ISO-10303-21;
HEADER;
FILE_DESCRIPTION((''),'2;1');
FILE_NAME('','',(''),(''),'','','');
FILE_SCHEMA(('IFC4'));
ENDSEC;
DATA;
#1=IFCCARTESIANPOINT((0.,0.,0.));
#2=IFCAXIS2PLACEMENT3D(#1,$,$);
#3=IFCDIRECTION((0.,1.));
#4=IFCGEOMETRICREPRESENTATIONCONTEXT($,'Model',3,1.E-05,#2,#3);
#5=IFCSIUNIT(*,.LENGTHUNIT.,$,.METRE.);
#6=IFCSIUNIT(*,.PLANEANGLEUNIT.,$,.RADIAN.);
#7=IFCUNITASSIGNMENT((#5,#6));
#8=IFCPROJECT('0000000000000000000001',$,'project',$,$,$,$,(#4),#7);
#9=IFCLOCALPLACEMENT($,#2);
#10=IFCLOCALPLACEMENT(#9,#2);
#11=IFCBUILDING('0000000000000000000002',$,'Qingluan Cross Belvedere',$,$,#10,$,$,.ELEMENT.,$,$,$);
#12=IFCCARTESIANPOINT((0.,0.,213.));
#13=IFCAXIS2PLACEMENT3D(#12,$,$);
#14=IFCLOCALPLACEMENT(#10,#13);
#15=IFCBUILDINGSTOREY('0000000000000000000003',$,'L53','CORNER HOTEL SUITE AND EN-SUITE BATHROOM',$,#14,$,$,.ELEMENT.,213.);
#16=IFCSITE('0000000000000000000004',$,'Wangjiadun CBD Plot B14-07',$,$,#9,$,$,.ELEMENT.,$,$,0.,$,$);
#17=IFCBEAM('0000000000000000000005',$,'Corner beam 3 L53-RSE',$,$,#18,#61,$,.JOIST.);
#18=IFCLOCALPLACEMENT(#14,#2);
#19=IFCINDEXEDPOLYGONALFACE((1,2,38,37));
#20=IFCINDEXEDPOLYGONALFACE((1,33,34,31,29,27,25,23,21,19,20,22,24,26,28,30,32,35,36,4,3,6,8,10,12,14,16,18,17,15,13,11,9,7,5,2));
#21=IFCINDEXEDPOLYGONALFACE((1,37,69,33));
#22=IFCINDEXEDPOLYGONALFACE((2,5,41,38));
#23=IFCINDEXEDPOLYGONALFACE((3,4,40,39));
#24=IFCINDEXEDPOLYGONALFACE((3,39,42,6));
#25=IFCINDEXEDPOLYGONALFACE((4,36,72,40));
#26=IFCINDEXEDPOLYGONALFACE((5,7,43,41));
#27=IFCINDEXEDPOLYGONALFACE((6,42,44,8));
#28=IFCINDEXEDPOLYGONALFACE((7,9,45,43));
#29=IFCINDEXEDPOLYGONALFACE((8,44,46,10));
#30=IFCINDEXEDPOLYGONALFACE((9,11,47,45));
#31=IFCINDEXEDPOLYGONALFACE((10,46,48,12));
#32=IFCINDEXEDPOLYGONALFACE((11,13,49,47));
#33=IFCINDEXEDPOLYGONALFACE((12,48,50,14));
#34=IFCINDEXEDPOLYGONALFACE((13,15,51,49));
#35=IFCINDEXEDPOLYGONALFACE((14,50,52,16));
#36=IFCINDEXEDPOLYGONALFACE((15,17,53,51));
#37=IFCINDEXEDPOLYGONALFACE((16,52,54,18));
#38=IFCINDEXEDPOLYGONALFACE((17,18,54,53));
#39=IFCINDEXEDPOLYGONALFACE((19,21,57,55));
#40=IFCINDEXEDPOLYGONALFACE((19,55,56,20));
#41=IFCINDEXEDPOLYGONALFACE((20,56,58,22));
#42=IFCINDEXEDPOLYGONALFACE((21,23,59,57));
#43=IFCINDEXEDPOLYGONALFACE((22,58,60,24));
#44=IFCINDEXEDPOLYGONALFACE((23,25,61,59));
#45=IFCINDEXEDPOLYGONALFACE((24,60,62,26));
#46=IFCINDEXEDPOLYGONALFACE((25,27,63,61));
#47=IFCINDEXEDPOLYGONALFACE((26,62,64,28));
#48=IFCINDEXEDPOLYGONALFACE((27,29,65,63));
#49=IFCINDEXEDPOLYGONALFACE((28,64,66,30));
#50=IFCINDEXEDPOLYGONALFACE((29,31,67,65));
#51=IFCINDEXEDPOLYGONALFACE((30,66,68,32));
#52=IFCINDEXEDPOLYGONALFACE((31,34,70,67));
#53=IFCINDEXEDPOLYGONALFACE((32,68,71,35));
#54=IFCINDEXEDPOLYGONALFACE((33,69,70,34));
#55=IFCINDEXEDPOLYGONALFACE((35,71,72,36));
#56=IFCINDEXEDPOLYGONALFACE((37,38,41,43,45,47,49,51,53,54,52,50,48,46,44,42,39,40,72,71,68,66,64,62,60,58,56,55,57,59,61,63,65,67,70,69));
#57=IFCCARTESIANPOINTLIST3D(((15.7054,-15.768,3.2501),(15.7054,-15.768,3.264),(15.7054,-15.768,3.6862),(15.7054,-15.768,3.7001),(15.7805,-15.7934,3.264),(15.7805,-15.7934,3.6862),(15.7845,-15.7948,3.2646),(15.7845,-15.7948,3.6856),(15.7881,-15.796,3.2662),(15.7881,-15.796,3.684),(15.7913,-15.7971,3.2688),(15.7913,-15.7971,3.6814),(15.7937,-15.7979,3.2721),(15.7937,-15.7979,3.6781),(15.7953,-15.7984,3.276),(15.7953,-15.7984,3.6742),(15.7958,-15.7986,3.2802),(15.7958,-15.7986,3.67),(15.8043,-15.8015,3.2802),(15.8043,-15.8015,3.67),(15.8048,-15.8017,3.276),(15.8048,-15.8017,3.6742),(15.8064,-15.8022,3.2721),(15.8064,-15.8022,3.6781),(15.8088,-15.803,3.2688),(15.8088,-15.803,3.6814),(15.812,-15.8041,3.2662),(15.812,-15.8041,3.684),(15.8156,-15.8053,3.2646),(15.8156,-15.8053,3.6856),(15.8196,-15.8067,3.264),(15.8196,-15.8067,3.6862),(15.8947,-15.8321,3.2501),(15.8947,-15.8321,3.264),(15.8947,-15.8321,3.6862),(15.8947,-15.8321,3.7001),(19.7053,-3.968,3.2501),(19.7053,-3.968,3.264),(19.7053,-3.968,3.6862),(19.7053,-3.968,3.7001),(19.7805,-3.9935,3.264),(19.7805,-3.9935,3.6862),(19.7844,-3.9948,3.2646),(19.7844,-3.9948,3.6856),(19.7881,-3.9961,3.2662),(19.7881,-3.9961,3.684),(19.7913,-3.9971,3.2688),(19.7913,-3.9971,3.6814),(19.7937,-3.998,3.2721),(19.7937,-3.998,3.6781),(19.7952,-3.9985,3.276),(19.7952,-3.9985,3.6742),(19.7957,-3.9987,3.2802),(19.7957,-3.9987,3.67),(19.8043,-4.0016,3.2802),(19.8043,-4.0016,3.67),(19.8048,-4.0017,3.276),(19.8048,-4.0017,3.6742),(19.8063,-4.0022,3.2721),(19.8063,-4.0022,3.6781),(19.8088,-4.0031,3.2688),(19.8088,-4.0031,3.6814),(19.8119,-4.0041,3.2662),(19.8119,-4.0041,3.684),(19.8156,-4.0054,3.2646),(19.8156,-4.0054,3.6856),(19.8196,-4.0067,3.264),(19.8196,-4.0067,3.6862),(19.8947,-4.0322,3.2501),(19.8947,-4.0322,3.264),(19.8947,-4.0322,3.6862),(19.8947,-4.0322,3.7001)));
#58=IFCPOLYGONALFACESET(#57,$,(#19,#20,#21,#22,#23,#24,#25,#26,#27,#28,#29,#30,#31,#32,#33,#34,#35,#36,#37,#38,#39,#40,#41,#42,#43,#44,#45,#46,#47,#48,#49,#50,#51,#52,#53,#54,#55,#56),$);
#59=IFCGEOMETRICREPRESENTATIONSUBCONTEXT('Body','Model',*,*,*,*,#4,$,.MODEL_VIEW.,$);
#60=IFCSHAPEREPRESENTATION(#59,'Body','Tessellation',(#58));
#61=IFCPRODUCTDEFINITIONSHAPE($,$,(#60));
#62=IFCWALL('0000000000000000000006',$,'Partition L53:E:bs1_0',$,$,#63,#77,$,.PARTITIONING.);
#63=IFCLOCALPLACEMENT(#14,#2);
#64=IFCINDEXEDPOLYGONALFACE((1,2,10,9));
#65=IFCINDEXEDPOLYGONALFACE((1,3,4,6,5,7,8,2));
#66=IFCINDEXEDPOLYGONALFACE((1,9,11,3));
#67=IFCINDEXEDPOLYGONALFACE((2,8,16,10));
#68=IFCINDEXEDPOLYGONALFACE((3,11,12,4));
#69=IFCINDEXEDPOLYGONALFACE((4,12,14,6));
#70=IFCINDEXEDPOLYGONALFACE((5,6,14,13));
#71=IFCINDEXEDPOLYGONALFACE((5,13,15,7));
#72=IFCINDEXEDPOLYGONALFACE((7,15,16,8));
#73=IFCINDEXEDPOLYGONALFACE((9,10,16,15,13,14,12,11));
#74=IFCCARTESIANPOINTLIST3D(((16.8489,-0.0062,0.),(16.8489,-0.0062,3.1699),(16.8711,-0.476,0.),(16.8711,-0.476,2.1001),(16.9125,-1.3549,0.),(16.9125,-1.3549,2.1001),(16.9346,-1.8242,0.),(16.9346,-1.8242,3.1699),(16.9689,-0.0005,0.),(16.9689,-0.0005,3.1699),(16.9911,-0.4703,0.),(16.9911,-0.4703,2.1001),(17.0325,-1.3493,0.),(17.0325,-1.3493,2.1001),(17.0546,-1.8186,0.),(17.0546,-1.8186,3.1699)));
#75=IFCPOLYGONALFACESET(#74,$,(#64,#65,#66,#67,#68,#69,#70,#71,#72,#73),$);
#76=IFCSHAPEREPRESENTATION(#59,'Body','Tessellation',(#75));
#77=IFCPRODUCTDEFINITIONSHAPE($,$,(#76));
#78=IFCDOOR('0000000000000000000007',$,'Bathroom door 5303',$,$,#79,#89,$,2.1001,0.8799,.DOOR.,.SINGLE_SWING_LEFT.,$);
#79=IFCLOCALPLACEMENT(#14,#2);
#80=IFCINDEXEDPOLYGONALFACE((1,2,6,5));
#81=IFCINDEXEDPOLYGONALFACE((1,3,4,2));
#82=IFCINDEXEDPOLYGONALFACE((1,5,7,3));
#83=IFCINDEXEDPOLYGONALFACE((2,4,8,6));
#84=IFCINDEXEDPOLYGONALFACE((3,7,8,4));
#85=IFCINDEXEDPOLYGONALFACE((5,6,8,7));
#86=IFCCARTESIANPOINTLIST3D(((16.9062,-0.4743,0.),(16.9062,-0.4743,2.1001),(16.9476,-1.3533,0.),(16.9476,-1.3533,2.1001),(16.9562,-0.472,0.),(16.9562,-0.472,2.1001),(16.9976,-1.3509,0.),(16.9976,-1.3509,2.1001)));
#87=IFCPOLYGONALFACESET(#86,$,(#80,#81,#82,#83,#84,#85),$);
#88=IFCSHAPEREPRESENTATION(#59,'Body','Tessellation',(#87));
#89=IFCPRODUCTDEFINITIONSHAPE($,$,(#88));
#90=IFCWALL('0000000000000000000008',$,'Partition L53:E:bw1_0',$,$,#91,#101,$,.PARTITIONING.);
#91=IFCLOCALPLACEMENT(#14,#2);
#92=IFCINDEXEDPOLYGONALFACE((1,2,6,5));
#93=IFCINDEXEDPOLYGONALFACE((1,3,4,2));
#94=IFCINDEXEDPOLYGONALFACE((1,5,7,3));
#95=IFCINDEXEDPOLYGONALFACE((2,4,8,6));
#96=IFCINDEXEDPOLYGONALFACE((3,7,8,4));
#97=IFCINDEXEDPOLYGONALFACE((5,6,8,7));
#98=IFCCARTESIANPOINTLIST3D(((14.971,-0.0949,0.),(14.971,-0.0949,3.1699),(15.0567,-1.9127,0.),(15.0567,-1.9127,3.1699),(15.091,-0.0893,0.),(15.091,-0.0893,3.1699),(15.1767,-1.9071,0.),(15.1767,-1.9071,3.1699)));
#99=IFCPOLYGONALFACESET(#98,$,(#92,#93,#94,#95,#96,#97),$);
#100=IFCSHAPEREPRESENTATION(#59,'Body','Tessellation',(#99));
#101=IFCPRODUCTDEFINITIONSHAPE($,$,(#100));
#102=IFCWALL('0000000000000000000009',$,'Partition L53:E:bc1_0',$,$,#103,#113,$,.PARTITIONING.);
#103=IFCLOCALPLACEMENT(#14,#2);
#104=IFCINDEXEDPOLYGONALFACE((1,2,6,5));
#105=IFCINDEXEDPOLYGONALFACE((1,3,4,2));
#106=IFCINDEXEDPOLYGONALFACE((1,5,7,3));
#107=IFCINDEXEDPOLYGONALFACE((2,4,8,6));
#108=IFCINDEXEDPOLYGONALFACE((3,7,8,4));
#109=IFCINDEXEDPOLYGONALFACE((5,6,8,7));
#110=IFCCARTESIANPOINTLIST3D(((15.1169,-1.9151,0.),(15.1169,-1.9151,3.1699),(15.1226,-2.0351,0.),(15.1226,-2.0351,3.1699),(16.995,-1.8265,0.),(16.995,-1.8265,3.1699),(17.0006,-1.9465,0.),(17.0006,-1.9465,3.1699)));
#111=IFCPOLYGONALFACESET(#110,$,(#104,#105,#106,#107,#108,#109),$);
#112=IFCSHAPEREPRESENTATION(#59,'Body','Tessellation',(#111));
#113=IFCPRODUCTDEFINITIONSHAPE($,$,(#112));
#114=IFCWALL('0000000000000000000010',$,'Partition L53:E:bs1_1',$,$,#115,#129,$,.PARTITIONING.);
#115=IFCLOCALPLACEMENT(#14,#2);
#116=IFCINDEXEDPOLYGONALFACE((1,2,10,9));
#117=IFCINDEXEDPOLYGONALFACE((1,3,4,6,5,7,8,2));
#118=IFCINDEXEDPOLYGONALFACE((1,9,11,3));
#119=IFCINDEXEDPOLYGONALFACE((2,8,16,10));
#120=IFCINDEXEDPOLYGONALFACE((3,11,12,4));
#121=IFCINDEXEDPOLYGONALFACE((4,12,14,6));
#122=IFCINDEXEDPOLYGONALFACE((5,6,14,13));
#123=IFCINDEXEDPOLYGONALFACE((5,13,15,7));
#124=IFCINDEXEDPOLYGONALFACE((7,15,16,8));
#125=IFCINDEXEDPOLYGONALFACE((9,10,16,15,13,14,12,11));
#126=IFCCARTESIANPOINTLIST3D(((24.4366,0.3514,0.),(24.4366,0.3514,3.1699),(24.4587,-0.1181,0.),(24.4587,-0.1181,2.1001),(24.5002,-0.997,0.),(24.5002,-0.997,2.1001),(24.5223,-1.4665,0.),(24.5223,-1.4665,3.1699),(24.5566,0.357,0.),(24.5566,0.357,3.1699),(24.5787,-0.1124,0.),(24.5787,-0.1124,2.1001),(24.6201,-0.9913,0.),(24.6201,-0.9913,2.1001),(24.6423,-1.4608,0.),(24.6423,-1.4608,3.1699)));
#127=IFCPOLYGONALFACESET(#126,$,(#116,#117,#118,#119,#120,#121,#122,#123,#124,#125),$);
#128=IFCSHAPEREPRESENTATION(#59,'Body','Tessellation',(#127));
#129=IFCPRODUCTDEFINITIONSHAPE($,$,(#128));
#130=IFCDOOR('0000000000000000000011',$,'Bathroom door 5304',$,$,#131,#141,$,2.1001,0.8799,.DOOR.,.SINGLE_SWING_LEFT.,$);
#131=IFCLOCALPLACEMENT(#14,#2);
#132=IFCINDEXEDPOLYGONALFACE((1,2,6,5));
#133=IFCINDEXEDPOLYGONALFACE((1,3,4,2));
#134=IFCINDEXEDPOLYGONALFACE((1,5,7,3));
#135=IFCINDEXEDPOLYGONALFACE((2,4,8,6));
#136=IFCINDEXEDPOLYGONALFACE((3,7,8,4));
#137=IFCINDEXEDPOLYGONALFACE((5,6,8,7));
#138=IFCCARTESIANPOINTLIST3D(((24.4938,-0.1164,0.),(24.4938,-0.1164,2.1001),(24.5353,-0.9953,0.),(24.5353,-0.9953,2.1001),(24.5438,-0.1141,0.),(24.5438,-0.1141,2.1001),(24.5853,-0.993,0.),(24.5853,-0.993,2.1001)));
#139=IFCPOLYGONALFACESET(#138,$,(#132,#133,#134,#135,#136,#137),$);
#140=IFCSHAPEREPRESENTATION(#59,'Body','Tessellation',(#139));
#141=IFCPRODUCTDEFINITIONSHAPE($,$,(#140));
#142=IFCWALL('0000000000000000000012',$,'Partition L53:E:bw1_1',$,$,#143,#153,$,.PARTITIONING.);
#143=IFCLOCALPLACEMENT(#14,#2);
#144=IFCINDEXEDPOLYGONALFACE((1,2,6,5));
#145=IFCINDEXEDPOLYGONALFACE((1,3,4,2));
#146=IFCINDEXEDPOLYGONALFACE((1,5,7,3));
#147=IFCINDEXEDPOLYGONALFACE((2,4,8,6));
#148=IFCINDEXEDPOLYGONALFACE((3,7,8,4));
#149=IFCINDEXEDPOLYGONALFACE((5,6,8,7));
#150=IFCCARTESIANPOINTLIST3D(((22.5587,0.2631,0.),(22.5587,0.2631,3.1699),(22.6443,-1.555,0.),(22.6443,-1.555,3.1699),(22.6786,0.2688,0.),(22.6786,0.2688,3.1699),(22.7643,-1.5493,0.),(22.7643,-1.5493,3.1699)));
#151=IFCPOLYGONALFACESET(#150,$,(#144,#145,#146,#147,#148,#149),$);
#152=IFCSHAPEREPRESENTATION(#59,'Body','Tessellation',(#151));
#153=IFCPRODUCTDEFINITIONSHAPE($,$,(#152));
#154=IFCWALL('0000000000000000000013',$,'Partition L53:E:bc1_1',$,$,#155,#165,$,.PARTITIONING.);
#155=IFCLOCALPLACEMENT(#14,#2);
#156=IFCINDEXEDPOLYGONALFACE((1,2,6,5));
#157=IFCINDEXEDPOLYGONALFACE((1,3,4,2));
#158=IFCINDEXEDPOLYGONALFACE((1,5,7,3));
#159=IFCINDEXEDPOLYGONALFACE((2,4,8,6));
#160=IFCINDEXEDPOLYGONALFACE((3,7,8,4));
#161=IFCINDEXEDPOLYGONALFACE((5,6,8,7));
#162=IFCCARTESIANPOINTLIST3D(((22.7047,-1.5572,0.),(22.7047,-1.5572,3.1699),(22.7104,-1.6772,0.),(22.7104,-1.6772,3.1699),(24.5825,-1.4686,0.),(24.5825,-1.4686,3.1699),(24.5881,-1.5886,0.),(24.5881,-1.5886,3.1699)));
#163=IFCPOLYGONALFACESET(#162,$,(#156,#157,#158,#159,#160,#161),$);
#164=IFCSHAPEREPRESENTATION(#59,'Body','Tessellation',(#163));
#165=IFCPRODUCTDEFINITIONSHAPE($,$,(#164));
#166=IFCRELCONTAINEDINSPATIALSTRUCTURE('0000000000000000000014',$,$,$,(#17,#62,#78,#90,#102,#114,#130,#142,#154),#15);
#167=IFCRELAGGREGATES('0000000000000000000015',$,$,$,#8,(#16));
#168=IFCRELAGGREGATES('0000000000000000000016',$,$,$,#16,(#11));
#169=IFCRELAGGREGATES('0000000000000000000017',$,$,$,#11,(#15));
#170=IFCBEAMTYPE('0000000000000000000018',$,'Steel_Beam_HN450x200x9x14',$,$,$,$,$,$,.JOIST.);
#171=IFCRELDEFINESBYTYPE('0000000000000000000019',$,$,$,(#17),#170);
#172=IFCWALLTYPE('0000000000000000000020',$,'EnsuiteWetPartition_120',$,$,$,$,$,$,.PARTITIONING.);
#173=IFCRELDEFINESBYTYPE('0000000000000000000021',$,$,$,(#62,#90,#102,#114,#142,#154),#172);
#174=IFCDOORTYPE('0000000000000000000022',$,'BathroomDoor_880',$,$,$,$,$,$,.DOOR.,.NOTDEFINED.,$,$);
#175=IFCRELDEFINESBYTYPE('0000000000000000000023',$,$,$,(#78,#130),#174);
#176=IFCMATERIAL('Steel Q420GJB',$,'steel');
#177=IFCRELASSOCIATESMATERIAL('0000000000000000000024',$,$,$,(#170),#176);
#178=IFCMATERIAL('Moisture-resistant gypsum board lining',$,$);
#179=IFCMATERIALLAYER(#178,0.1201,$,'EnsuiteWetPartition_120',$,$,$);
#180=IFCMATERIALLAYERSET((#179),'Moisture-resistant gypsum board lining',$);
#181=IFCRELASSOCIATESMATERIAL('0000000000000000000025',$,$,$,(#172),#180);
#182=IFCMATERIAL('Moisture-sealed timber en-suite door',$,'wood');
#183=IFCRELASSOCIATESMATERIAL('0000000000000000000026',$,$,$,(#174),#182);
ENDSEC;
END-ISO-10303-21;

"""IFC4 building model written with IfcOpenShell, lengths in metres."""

from ifc_helpers import new_model, si_unit, direction, frame, frame_2d, origin, origin_2d, place, context, subcontext, project, spatial, rectangle, i_section, extrude, material, layer, layer_set, material_profile, profile_set, type_object, element, fill, save


model = new_model("IFC4")

# Units and contexts
model_context = context("Model", 3, precision=1e-05, world=origin(), true_north=direction((0.0, 1.0)))
body_context = subcontext(model_context, "Body", "Model", "MODEL_VIEW")
ifc_project = project(units=[si_unit("LENGTHUNIT", "METRE"), si_unit("PLANEANGLEUNIT", "RADIAN")], contexts=[model_context])

# Site, building, storey
site_placement = place(None, origin())
site = spatial("IfcSite", under=ifc_project, at=site_placement, Name="Wangjiadun CBD Plot B14-07", CompositionType="ELEMENT", RefElevation=0.0)
building_placement = place(site_placement, origin())
building = spatial("IfcBuilding", under=site, at=building_placement, Name="Qingluan Cross Belvedere", CompositionType="ELEMENT")
storey_placement = place(building_placement, frame((0.0, 0.0, 213.0)))
storey = spatial("IfcBuildingStorey", under=building, at=storey_placement, Name="L53", Description="CORNER HOTEL SUITE AND EN-SUITE BATHROOM", CompositionType="ELEMENT", Elevation=213.0)

# Beam
ifc_material_1 = material(Name="Steel Q420GJB", Category="steel")
ifc_material_profile_1 = material_profile(ifc_material_1, i_section(OverallWidth=0.2, OverallDepth=0.45, WebThickness=0.009, FlangeThickness=0.0139, FilletRadius=0.0161, at=origin_2d()), Name="HN450x200x9x14")
ifc_profile_set_1 = profile_set([ifc_material_profile_1], Name="Steel Q420GJB")
beam_type_1 = type_object("IfcBeamType", Name="Steel_Beam_HN450x200x9x14", PredefinedType="JOIST", material=ifc_profile_set_1)
for number, where, z_axis, x_axis, name in (
    (1, (15.8, -15.8, 3.4751), (0.321038, 0.947066, 0.0), (-0.947066, 0.321038, 0.0), "Corner beam 3 L53-RSE"),
):
    element("IfcBeam", number, at=place(storey_placement, frame(where, z_axis=z_axis, x_axis=x_axis)), inside=storey, type_object=beam_type_1, Name=name, PredefinedType="JOIST", context=body_context, shape_type="SweptSolid", body=[
        extrude(i_section(OverallWidth=0.2, OverallDepth=0.45, WebThickness=0.009, FlangeThickness=0.0139, FilletRadius=0.0161, at=origin_2d()), origin(), (0.0, 0.0, 1.0), 12.4595),
    ])

# Wall, opening, door
ifc_material_2 = material(Name="Moisture-resistant gypsum board lining")
ifc_layer_1 = layer(ifc_material_2, 0.1201, Name="EnsuiteWetPartition_120")
ifc_layer_set_1 = layer_set([ifc_layer_1], Name="Moisture-resistant gypsum board lining")
wall_type_1 = type_object("IfcWallType", Name="EnsuiteWetPartition_120", PredefinedType="PARTITIONING", material=ifc_layer_set_1)
wall_1_placement = place(storey_placement, frame((16.9946, -1.8215, 0.0), z_axis=(0.0, 0.0, 1.0), x_axis=(-0.047081, 0.998891, 0.0)))
wall_1 = element("IfcWall", 2, at=wall_1_placement, inside=storey, type_object=wall_type_1, Name="Partition L53:E:bs1_0", PredefinedType="PARTITIONING", context=body_context, shape_type="SweptSolid", body=[
    extrude(rectangle(XDim=1.8201, YDim=0.1201, at=frame_2d((0.9102, 0.0))), origin(), (0.0, 0.0, 1.0), 3.1699),
])
opening_1_placement = place(wall_1_placement, frame((0.47, 0.0, 0.0)))
opening_1 = element("IfcOpeningElement", 3, at=opening_1_placement, cuts=wall_1, PredefinedType="OPENING", context=body_context, shape_type="SweptSolid", body=[
    extrude(rectangle(XDim=0.8799, YDim=2.1001, at=frame_2d((0.4399, 1.05))), frame((0.0, 0.0701, 0.0), z_axis=(0.0, -1.0, 0.0), x_axis=(1.0, 0.0, 0.0)), (0.0, 0.0, 1.0), 0.1401),
])
ifc_material_3 = material(Name="Moisture-sealed timber en-suite door", Category="wood")
door_type = type_object("IfcDoorType", Name="BathroomDoor_880", OperationType="NOTDEFINED", PredefinedType="DOOR", material=ifc_material_3)
door_1_placement = place(opening_1_placement, origin())
door_1 = element("IfcDoor", 4, at=door_1_placement, inside=storey, type_object=door_type, Name="Bathroom door 5303", OperationType="SINGLE_SWING_LEFT", OverallHeight=2.1001, OverallWidth=0.8799, PredefinedType="DOOR", context=body_context, shape_type="SweptSolid", body=[
    extrude(rectangle(XDim=0.8799, YDim=2.1001, at=frame_2d((0.4399, 1.05))), frame((0.0, 0.0249, 0.0), z_axis=(0.0, -1.0, 0.0), x_axis=(1.0, 0.0, 0.0)), (0.0, 0.0, 1.0), 0.05),
])
fill(opening_1, door_1)

# Walls
wall_2_placement = place(storey_placement, frame((15.1167, -1.9099, 0.0), z_axis=(0.0, 0.0, 1.0), x_axis=(-0.047087, 0.998891, 0.0)))
element("IfcWall", 5, at=wall_2_placement, inside=storey, type_object=wall_type_1, Name="Partition L53:E:bw1_0", PredefinedType="PARTITIONING", context=body_context, shape_type="SweptSolid", body=[
    extrude(rectangle(XDim=1.8198, YDim=0.1201, at=frame_2d((0.9099, 0.0))), origin(), (0.0, 0.0, 1.0), 3.1699),
])
wall_3_placement = place(storey_placement, frame((15.1199, -1.9751, 0.0), z_axis=(0.0, 0.0, 1.0), x_axis=(0.998888, 0.047139, 0.0)))
element("IfcWall", 6, at=wall_3_placement, inside=storey, type_object=wall_type_1, Name="Partition L53:E:bc1_0", PredefinedType="PARTITIONING", context=body_context, shape_type="SweptSolid", body=[
    extrude(rectangle(XDim=1.8801, YDim=0.1201, at=frame_2d((0.9399, 0.0))), origin(), (0.0, 0.0, 1.0), 3.1699),
])

# Wall, opening, door
wall_4_placement = place(storey_placement, frame((24.5823, -1.4636, 0.0), z_axis=(0.0, 0.0, 1.0), x_axis=(-0.047087, 0.998891, 0.0)))
wall_4 = element("IfcWall", 7, at=wall_4_placement, inside=storey, type_object=wall_type_1, Name="Partition L53:E:bs1_1", PredefinedType="PARTITIONING", context=body_context, shape_type="SweptSolid", body=[
    extrude(rectangle(XDim=1.8198, YDim=0.1201, at=frame_2d((0.9099, 0.0))), origin(), (0.0, 0.0, 1.0), 3.1699),
])
opening_2_placement = place(wall_4_placement, frame((0.47, 0.0, 0.0)))
opening_2 = element("IfcOpeningElement", 8, at=opening_2_placement, cuts=wall_4, PredefinedType="OPENING", context=body_context, shape_type="SweptSolid", body=[
    extrude(rectangle(XDim=0.8799, YDim=2.1001, at=frame_2d((0.4399, 1.05))), frame((0.0, 0.0701, 0.0), z_axis=(0.0, -1.0, 0.0), x_axis=(1.0, 0.0, 0.0)), (0.0, 0.0, 1.0), 0.1401),
])
door_2_placement = place(opening_2_placement, origin())
door_2 = element("IfcDoor", 9, at=door_2_placement, inside=storey, type_object=door_type, Name="Bathroom door 5304", OperationType="SINGLE_SWING_LEFT", OverallHeight=2.1001, OverallWidth=0.8799, PredefinedType="DOOR", context=body_context, shape_type="SweptSolid", body=[
    extrude(rectangle(XDim=0.8799, YDim=2.1001, at=frame_2d((0.4399, 1.05))), frame((0.0, 0.0249, 0.0), z_axis=(0.0, -1.0, 0.0), x_axis=(1.0, 0.0, 0.0)), (0.0, 0.0, 1.0), 0.05),
])
fill(opening_2, door_2)

# Walls
wall_5_placement = place(storey_placement, frame((22.7043, -1.5522, 0.0), z_axis=(0.0, 0.0, 1.0), x_axis=(-0.047081, 0.998891, 0.0)))
element("IfcWall", 10, at=wall_5_placement, inside=storey, type_object=wall_type_1, Name="Partition L53:E:bw1_1", PredefinedType="PARTITIONING", context=body_context, shape_type="SweptSolid", body=[
    extrude(rectangle(XDim=1.8201, YDim=0.1201, at=frame_2d((0.9102, 0.0))), origin(), (0.0, 0.0, 1.0), 3.1699),
])
wall_6_placement = place(storey_placement, frame((22.7075, -1.6172, 0.0), z_axis=(0.0, 0.0, 1.0), x_axis=(0.998888, 0.047146, 0.0)))
element("IfcWall", 11, at=wall_6_placement, inside=storey, type_object=wall_type_1, Name="Partition L53:E:bc1_1", PredefinedType="PARTITIONING", context=body_context, shape_type="SweptSolid", body=[
    extrude(rectangle(XDim=1.8799, YDim=0.1201, at=frame_2d((0.9399, 0.0))), origin(), (0.0, 0.0, 1.0), 3.1699),
])

save(model, "model.ifc")
